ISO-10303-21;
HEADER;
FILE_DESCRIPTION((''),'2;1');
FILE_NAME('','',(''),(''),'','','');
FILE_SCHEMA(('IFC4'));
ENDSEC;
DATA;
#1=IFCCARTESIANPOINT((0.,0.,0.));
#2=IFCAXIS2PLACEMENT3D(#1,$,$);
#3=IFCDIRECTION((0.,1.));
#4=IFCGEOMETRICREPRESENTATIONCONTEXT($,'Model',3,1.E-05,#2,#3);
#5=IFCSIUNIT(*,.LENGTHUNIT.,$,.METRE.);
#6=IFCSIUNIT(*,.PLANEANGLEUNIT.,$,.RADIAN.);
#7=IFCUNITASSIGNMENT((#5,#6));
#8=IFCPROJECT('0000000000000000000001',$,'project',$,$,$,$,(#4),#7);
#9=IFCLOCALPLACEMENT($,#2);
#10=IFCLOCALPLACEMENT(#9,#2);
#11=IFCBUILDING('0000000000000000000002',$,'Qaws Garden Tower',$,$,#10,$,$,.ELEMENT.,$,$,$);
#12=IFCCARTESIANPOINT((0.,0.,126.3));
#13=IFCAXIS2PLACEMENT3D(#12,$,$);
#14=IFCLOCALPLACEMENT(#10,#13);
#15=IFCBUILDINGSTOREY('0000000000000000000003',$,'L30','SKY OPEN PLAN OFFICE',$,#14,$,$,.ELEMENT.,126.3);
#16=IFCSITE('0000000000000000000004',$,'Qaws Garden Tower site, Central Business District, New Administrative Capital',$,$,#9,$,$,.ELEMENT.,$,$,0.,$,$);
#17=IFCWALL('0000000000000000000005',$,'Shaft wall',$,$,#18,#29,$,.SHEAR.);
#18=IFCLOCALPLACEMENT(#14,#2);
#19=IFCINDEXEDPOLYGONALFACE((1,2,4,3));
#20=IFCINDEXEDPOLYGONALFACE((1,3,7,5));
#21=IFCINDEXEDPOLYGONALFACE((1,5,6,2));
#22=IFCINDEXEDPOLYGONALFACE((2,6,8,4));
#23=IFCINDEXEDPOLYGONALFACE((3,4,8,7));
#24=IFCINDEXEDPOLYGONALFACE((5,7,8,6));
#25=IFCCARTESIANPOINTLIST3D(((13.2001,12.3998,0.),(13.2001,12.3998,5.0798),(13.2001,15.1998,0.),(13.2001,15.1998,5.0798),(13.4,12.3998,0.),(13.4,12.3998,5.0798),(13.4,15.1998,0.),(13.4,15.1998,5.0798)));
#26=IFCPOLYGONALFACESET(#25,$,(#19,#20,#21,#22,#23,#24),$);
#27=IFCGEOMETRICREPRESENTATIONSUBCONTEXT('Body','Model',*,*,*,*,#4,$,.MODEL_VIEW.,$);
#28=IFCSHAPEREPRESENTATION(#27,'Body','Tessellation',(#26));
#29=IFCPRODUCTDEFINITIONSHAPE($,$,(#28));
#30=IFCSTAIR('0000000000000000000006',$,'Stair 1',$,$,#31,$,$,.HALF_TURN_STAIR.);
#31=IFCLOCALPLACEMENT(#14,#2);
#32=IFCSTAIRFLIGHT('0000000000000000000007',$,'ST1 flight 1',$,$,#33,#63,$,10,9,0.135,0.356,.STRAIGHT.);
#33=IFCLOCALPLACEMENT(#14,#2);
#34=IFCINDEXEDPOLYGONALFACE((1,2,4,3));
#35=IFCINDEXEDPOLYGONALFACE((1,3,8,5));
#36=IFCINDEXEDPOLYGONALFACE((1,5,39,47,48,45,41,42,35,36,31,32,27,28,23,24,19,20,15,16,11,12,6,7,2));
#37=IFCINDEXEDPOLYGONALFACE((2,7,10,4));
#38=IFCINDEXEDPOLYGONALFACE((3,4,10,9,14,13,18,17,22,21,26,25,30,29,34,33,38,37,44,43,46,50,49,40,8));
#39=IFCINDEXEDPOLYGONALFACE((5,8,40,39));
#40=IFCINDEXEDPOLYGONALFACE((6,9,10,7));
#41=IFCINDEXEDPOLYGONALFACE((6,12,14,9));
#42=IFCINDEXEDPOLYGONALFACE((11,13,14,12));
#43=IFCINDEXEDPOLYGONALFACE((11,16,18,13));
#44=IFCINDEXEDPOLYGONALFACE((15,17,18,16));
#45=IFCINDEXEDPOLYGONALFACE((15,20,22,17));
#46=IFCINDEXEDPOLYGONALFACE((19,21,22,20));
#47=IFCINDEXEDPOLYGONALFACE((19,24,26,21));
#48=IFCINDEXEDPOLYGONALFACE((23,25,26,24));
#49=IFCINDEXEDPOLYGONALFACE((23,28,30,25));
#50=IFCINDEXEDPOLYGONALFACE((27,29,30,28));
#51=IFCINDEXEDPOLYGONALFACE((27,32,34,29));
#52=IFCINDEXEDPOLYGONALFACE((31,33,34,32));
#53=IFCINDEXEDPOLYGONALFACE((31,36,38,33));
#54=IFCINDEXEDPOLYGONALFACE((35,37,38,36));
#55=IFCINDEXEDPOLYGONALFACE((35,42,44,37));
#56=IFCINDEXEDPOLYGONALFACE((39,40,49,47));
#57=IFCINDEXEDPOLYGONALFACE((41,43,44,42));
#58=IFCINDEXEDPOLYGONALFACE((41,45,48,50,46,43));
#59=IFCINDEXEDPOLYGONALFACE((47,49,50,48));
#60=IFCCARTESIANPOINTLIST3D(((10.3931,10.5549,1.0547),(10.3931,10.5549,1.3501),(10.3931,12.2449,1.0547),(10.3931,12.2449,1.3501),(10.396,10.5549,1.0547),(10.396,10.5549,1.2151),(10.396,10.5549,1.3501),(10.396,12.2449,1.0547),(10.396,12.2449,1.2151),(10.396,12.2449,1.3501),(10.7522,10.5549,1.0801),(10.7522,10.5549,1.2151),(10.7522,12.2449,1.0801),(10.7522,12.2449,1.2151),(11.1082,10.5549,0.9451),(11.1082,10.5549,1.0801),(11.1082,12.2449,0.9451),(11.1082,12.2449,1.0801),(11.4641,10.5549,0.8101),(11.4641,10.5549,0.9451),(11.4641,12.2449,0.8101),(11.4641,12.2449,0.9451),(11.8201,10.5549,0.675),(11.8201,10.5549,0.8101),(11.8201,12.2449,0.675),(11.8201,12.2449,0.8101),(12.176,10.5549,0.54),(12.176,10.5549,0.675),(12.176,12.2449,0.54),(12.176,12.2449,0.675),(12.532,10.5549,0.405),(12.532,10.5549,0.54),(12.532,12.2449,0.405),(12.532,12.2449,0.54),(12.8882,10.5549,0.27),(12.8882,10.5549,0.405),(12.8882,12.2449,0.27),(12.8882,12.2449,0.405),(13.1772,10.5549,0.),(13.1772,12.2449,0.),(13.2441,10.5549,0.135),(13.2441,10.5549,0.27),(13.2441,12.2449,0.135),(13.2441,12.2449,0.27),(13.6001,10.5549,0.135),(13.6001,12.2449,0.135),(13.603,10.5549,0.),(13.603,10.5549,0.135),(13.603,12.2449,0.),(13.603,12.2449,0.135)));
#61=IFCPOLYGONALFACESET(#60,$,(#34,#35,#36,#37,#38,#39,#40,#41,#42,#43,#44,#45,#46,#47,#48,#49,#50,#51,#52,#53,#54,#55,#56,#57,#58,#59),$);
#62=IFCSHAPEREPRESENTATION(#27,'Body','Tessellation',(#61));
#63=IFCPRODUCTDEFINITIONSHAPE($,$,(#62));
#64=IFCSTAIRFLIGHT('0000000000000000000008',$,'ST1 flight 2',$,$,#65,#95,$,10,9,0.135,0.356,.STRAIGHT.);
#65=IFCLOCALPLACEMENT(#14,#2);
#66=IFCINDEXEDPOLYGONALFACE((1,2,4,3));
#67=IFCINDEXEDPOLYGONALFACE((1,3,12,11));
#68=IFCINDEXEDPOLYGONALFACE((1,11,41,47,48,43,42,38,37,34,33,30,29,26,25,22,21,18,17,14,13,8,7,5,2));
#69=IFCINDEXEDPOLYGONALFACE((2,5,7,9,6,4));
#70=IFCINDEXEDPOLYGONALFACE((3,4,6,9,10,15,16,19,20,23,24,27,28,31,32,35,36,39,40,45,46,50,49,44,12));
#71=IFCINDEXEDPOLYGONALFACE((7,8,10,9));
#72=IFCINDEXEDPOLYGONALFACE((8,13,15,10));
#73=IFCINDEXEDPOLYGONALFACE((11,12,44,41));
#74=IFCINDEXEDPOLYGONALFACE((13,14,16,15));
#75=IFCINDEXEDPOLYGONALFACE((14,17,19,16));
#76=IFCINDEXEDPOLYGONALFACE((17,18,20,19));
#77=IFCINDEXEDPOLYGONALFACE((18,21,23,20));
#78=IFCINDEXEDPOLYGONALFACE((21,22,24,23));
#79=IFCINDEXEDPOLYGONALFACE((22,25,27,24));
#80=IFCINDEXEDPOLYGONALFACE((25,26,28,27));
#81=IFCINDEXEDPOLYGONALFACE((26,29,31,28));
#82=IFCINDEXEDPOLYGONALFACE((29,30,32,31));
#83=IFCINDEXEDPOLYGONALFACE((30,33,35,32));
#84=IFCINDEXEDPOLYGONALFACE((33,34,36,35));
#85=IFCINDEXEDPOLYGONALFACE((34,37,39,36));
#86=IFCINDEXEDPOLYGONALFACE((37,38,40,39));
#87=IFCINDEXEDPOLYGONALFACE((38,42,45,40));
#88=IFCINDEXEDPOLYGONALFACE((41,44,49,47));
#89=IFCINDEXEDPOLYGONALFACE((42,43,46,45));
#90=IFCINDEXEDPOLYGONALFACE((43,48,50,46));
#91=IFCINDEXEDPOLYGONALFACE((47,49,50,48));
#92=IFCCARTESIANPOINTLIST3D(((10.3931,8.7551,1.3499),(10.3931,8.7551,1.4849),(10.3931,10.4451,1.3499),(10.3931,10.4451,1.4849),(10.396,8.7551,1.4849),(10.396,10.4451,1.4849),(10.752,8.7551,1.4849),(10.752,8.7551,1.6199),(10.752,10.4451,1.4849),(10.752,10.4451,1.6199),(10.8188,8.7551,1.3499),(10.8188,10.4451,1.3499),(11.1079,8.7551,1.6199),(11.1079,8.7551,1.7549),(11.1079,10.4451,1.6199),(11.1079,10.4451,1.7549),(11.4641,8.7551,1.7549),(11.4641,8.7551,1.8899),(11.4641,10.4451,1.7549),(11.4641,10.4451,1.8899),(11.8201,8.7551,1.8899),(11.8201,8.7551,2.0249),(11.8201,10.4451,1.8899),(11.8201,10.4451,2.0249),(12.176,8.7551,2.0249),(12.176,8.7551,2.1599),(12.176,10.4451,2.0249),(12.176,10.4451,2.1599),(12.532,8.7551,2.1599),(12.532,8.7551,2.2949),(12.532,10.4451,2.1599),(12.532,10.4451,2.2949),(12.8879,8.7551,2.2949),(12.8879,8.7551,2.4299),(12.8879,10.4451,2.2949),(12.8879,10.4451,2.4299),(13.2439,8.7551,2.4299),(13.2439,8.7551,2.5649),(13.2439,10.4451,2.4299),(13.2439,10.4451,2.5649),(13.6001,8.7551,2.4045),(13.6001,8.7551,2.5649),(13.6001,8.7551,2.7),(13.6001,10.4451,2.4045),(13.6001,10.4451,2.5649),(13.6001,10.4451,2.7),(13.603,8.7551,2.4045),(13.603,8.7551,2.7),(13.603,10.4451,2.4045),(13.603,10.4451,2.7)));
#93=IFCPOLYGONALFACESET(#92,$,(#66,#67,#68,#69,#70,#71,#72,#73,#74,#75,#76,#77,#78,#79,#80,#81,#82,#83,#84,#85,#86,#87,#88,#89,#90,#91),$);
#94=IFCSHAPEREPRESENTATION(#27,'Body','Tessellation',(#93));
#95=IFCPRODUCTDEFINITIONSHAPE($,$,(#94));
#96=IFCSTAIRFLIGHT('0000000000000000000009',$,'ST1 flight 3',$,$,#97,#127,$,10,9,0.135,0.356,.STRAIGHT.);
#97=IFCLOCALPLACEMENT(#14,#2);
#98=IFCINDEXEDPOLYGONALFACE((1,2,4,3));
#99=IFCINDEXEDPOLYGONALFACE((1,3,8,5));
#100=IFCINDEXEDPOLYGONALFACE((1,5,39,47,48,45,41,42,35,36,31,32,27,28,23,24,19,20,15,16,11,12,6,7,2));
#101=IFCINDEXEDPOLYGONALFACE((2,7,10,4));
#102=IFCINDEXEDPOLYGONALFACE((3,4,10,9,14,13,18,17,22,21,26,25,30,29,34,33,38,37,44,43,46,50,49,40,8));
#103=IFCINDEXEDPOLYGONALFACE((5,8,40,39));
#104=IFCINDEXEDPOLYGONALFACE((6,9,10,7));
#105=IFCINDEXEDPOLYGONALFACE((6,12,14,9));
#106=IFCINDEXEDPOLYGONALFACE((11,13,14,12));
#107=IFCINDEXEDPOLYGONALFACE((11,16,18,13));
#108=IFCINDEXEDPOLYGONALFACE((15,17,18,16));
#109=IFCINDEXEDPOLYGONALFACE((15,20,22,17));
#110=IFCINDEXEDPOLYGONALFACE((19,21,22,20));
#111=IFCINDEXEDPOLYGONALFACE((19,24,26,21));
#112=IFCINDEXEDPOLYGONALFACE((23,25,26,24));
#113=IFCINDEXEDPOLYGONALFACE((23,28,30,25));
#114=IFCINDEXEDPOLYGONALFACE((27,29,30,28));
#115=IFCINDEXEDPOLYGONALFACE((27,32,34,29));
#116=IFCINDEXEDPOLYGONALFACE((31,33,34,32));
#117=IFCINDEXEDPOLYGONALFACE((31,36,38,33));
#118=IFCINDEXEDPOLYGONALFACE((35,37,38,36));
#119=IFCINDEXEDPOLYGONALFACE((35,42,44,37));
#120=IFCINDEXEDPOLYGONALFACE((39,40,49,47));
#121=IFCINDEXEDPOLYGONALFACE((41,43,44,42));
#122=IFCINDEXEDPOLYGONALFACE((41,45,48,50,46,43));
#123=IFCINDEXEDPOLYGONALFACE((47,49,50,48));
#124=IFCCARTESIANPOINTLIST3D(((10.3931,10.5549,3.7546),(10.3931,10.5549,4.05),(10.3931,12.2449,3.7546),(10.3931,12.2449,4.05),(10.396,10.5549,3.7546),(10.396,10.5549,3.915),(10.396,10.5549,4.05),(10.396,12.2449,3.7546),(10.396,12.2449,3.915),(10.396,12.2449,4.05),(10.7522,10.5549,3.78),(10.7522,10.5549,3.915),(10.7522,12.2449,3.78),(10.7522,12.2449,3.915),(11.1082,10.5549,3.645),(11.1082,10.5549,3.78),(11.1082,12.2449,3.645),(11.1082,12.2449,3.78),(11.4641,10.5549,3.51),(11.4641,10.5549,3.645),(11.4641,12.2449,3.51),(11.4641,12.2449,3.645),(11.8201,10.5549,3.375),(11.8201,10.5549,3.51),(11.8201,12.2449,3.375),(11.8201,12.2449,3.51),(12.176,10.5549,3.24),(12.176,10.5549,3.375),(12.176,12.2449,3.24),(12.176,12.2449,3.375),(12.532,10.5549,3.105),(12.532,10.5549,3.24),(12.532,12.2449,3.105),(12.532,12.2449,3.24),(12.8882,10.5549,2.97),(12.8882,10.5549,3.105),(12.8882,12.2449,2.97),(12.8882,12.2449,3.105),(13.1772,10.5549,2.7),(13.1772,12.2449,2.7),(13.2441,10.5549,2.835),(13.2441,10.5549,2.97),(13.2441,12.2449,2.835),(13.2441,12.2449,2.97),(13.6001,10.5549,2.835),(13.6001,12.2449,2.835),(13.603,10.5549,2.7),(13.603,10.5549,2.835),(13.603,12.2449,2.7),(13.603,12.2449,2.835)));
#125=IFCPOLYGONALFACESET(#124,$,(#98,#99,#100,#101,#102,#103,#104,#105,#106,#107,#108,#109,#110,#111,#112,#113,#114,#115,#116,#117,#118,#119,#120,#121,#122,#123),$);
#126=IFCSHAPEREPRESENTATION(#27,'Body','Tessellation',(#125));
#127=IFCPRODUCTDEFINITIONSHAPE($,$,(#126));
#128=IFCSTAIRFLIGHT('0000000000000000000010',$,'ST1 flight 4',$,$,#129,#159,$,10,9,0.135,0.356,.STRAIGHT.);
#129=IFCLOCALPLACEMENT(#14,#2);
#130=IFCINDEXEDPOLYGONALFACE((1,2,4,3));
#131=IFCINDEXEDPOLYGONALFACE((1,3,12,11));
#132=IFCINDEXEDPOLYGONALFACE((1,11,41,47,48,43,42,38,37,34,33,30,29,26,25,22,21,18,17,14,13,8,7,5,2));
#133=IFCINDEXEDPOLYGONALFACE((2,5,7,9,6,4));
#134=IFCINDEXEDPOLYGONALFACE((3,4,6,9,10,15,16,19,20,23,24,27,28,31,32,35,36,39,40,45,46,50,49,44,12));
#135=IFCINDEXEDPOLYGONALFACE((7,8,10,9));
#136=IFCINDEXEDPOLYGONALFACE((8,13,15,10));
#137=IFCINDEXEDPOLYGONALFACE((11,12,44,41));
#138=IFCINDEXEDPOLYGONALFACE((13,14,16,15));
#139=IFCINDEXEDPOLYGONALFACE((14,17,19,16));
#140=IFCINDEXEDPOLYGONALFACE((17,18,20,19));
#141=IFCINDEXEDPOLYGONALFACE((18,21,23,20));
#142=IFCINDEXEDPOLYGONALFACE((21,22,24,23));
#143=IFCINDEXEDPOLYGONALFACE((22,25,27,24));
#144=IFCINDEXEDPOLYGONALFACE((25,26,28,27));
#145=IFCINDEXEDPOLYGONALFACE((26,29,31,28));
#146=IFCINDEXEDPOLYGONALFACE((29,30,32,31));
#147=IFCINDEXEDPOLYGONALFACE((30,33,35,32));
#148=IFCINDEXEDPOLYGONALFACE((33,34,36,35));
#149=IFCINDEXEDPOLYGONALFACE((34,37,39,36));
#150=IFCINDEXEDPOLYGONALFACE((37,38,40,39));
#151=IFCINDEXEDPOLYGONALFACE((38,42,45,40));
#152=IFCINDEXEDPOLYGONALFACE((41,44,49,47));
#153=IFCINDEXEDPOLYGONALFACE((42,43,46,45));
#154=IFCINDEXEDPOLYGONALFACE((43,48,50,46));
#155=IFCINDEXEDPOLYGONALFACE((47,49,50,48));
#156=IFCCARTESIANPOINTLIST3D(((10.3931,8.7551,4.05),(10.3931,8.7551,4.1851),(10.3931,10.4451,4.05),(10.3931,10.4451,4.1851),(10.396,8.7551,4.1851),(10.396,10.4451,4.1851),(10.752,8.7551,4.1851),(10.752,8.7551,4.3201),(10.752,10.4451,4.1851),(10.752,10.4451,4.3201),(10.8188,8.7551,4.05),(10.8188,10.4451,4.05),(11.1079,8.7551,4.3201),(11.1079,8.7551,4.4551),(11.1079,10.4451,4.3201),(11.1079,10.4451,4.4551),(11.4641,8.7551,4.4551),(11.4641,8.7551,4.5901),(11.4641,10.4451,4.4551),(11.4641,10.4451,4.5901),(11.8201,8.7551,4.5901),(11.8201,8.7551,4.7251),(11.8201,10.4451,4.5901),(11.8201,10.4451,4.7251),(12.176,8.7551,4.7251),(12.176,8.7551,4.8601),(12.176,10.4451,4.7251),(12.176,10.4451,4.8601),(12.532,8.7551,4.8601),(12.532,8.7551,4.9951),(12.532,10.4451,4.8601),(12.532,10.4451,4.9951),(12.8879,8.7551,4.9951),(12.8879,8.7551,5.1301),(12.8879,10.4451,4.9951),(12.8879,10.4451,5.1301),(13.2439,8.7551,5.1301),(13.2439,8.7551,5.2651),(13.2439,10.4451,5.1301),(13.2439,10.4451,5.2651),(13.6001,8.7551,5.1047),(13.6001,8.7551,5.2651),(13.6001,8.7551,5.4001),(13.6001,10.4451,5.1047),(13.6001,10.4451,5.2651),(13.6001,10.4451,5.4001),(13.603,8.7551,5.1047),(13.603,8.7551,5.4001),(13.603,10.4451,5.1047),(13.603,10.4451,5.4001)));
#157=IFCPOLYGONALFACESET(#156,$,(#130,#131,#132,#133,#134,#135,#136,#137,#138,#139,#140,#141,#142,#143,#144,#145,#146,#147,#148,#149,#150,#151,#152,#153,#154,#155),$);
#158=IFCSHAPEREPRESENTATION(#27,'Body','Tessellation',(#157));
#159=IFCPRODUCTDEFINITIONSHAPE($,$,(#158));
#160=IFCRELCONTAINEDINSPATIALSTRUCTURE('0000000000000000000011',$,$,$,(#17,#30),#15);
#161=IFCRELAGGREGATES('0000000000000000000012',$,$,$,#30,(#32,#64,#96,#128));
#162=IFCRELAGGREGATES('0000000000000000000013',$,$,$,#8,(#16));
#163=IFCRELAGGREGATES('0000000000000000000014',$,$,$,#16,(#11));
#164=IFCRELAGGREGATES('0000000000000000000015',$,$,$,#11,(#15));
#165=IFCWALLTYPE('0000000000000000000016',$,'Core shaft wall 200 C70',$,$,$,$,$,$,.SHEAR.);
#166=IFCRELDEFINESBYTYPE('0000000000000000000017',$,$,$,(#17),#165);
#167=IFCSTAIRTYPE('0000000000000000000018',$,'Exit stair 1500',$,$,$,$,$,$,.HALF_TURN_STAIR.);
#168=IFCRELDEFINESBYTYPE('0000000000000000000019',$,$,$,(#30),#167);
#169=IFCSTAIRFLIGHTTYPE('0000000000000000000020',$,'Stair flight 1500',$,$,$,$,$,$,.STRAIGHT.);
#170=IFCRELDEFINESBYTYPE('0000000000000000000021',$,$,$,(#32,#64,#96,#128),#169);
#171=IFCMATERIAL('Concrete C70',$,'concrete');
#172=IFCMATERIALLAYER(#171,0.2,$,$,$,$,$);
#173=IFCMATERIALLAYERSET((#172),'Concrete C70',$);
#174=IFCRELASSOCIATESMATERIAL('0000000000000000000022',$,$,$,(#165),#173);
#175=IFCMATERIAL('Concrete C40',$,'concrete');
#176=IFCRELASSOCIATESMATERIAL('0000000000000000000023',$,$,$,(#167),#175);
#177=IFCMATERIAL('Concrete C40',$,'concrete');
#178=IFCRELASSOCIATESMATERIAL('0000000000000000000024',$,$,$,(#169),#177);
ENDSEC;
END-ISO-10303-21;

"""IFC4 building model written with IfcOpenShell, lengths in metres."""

from ifc_helpers import new_model, si_unit, direction, frame, frame_2d, origin, place, context, subcontext, project, spatial, polyline, rectangle, outline, extrude, material, layer, layer_set, type_object, element, aggregate, save


model = new_model("IFC4")

# Units and contexts
model_context = context("Model", 3, precision=1e-05, world=origin(), true_north=direction((0.0, 1.0)))
body_context = subcontext(model_context, "Body", "Model", "MODEL_VIEW")
ifc_project = project(units=[si_unit("LENGTHUNIT", "METRE"), si_unit("PLANEANGLEUNIT", "RADIAN")], contexts=[model_context])

# Site, building, storey
site_placement = place(None, origin())
site = spatial("IfcSite", under=ifc_project, at=site_placement, Name="Qaws Garden Tower site, Central Business District, New Administrative Capital", CompositionType="ELEMENT", RefElevation=0.0)
building_placement = place(site_placement, origin())
building = spatial("IfcBuilding", under=site, at=building_placement, Name="Qaws Garden Tower", CompositionType="ELEMENT")
storey_placement = place(building_placement, frame((0.0, 0.0, 126.3)))
storey = spatial("IfcBuildingStorey", under=building, at=storey_placement, Name="L30", Description="SKY OPEN PLAN OFFICE", CompositionType="ELEMENT", Elevation=126.3)

# Shared definitions
ifc_material_1 = material(Name="Concrete C70", Category="concrete")
ifc_layer_1 = layer(ifc_material_1, 0.2)
ifc_layer_set_1 = layer_set([ifc_layer_1], Name="Concrete C70")
wall_type_1 = type_object("IfcWallType", Name="Core shaft wall 200 C70", PredefinedType="SHEAR", material=ifc_layer_set_1)

# Wall
wall_1_placement = place(storey_placement, frame((13.3, 12.3999, 0.0), z_axis=(0.0, 0.0, 1.0), x_axis=(0.0, 1.0, 0.0)))
element("IfcWall", 1, at=wall_1_placement, inside=storey, type_object=wall_type_1, Name="Shaft wall", PredefinedType="SHEAR", context=body_context, shape_type="SweptSolid", body=[
    extrude(rectangle(XDim=2.8, YDim=0.2, at=frame_2d((1.3999, 0.0))), origin(), (0.0, 0.0, 1.0), 5.0798),
])

# Stair, stair flights
ifc_material_2 = material(Name="Concrete C40", Category="concrete")
stair_type = type_object("IfcStairType", Name="Exit stair 1500", PredefinedType="HALF_TURN_STAIR", material=ifc_material_2)
stair_placement = place(storey_placement, origin())
stair = element("IfcStair", 2, at=stair_placement, inside=storey, type_object=stair_type, Name="Stair 1", PredefinedType="HALF_TURN_STAIR")
ifc_material_3 = material(Name="Concrete C40", Category="concrete")
stair_flight_type = type_object("IfcStairFlightType", Name="Stair flight 1500", PredefinedType="STRAIGHT", material=ifc_material_3)
stair_flight_1_placement = place(storey_placement, frame((13.6001, 11.3999, 0.0), z_axis=(0.0, 0.0, 1.0), x_axis=(-1.0, 0.0, 0.0)))
stair_flight_1 = element("IfcStairFlight", 3, at=stair_flight_1_placement, type_object=stair_flight_type, Name="ST1 flight 1", NumberOfRisers=10, NumberOfTreads=9, PredefinedType="STRAIGHT", RiserHeight=0.135, TreadLength=0.356, context=body_context, shape_type="SweptSolid", body=[
    extrude(outline(polyline([(-0.0029, 0.0), (-0.0029, 0.135), (0.0, 0.135), (0.356, 0.135), (0.356, 0.27), (0.7119, 0.27), (0.7119, 0.405), (1.0681, 0.405), (1.0681, 0.54), (1.4241, 0.54), (1.4241, 0.675), (1.78, 0.675), (1.78, 0.8101), (2.136, 0.8101), (2.136, 0.9451), (2.4919, 0.9451), (2.4919, 1.0801), (2.8479, 1.0801), (2.8479, 1.2151), (3.2041, 1.2151), (3.2041, 1.3501), (3.207, 1.3501), (3.207, 1.0547), (3.2041, 1.0547), (0.4229, 0.0), (-0.0029, 0.0)])), frame((0.0, 0.845, 0.0), z_axis=(0.0, -1.0, 0.0), x_axis=(1.0, 0.0, 0.0)), (0.0, 0.0, 1.0), 1.6899),
])
stair_flight_2_placement = place(storey_placement, frame((10.396, 9.6001, 1.3499), z_axis=(0.0, 0.0, 1.0), x_axis=(1.0, 0.0, 0.0)))
stair_flight_2 = element("IfcStairFlight", 4, at=stair_flight_2_placement, type_object=stair_flight_type, Name="ST1 flight 2", NumberOfRisers=10, NumberOfTreads=9, PredefinedType="STRAIGHT", RiserHeight=0.135, TreadLength=0.356, context=body_context, shape_type="SweptSolid", body=[
    extrude(outline(polyline([(-0.0029, 0.0), (-0.0029, 0.135), (0.0, 0.135), (0.356, 0.135), (0.356, 0.27), (0.7119, 0.27), (0.7119, 0.405), (1.0681, 0.405), (1.0681, 0.54), (1.4241, 0.54), (1.4241, 0.675), (1.78, 0.675), (1.78, 0.8101), (2.136, 0.8101), (2.136, 0.9451), (2.4919, 0.9451), (2.4919, 1.0801), (2.8479, 1.0801), (2.8479, 1.2151), (3.2041, 1.2151), (3.2041, 1.3501), (3.207, 1.3501), (3.207, 1.0547), (3.2041, 1.0547), (0.4229, 0.0), (-0.0029, 0.0)])), frame((0.0, 0.845, 0.0), z_axis=(0.0, -1.0, 0.0), x_axis=(1.0, 0.0, 0.0)), (0.0, 0.0, 1.0), 1.6899),
])
stair_flight_3_placement = place(storey_placement, frame((13.6001, 11.3999, 2.7), z_axis=(0.0, 0.0, 1.0), x_axis=(-1.0, 0.0, 0.0)))
stair_flight_3 = element("IfcStairFlight", 5, at=stair_flight_3_placement, type_object=stair_flight_type, Name="ST1 flight 3", NumberOfRisers=10, NumberOfTreads=9, PredefinedType="STRAIGHT", RiserHeight=0.135, TreadLength=0.356, context=body_context, shape_type="SweptSolid", body=[
    extrude(outline(polyline([(-0.0029, 0.0), (-0.0029, 0.135), (0.0, 0.135), (0.356, 0.135), (0.356, 0.27), (0.7119, 0.27), (0.7119, 0.405), (1.0681, 0.405), (1.0681, 0.54), (1.4241, 0.54), (1.4241, 0.675), (1.78, 0.675), (1.78, 0.8101), (2.136, 0.8101), (2.136, 0.9451), (2.4919, 0.9451), (2.4919, 1.0801), (2.8479, 1.0801), (2.8479, 1.2151), (3.2041, 1.2151), (3.2041, 1.3501), (3.207, 1.3501), (3.207, 1.0547), (3.2041, 1.0547), (0.4229, 0.0), (-0.0029, 0.0)])), frame((0.0, 0.845, 0.0), z_axis=(0.0, -1.0, 0.0), x_axis=(1.0, 0.0, 0.0)), (0.0, 0.0, 1.0), 1.6899),
])
stair_flight_4_placement = place(storey_placement, frame((10.396, 9.6001, 4.05), z_axis=(0.0, 0.0, 1.0), x_axis=(1.0, 0.0, 0.0)))
stair_flight_4 = element("IfcStairFlight", 6, at=stair_flight_4_placement, type_object=stair_flight_type, Name="ST1 flight 4", NumberOfRisers=10, NumberOfTreads=9, PredefinedType="STRAIGHT", RiserHeight=0.135, TreadLength=0.356, context=body_context, shape_type="SweptSolid", body=[
    extrude(outline(polyline([(-0.0029, 0.0), (-0.0029, 0.135), (0.0, 0.135), (0.356, 0.135), (0.356, 0.27), (0.7119, 0.27), (0.7119, 0.405), (1.0681, 0.405), (1.0681, 0.54), (1.4241, 0.54), (1.4241, 0.675), (1.78, 0.675), (1.78, 0.8101), (2.136, 0.8101), (2.136, 0.9451), (2.4919, 0.9451), (2.4919, 1.0801), (2.8479, 1.0801), (2.8479, 1.2151), (3.2041, 1.2151), (3.2041, 1.3501), (3.207, 1.3501), (3.207, 1.0547), (3.2041, 1.0547), (0.4229, 0.0), (-0.0029, 0.0)])), frame((0.0, 0.845, 0.0), z_axis=(0.0, -1.0, 0.0), x_axis=(1.0, 0.0, 0.0)), (0.0, 0.0, 1.0), 1.6899),
])
aggregate(stair, [stair_flight_1, stair_flight_2, stair_flight_3, stair_flight_4])

save(model, "model.ifc")
